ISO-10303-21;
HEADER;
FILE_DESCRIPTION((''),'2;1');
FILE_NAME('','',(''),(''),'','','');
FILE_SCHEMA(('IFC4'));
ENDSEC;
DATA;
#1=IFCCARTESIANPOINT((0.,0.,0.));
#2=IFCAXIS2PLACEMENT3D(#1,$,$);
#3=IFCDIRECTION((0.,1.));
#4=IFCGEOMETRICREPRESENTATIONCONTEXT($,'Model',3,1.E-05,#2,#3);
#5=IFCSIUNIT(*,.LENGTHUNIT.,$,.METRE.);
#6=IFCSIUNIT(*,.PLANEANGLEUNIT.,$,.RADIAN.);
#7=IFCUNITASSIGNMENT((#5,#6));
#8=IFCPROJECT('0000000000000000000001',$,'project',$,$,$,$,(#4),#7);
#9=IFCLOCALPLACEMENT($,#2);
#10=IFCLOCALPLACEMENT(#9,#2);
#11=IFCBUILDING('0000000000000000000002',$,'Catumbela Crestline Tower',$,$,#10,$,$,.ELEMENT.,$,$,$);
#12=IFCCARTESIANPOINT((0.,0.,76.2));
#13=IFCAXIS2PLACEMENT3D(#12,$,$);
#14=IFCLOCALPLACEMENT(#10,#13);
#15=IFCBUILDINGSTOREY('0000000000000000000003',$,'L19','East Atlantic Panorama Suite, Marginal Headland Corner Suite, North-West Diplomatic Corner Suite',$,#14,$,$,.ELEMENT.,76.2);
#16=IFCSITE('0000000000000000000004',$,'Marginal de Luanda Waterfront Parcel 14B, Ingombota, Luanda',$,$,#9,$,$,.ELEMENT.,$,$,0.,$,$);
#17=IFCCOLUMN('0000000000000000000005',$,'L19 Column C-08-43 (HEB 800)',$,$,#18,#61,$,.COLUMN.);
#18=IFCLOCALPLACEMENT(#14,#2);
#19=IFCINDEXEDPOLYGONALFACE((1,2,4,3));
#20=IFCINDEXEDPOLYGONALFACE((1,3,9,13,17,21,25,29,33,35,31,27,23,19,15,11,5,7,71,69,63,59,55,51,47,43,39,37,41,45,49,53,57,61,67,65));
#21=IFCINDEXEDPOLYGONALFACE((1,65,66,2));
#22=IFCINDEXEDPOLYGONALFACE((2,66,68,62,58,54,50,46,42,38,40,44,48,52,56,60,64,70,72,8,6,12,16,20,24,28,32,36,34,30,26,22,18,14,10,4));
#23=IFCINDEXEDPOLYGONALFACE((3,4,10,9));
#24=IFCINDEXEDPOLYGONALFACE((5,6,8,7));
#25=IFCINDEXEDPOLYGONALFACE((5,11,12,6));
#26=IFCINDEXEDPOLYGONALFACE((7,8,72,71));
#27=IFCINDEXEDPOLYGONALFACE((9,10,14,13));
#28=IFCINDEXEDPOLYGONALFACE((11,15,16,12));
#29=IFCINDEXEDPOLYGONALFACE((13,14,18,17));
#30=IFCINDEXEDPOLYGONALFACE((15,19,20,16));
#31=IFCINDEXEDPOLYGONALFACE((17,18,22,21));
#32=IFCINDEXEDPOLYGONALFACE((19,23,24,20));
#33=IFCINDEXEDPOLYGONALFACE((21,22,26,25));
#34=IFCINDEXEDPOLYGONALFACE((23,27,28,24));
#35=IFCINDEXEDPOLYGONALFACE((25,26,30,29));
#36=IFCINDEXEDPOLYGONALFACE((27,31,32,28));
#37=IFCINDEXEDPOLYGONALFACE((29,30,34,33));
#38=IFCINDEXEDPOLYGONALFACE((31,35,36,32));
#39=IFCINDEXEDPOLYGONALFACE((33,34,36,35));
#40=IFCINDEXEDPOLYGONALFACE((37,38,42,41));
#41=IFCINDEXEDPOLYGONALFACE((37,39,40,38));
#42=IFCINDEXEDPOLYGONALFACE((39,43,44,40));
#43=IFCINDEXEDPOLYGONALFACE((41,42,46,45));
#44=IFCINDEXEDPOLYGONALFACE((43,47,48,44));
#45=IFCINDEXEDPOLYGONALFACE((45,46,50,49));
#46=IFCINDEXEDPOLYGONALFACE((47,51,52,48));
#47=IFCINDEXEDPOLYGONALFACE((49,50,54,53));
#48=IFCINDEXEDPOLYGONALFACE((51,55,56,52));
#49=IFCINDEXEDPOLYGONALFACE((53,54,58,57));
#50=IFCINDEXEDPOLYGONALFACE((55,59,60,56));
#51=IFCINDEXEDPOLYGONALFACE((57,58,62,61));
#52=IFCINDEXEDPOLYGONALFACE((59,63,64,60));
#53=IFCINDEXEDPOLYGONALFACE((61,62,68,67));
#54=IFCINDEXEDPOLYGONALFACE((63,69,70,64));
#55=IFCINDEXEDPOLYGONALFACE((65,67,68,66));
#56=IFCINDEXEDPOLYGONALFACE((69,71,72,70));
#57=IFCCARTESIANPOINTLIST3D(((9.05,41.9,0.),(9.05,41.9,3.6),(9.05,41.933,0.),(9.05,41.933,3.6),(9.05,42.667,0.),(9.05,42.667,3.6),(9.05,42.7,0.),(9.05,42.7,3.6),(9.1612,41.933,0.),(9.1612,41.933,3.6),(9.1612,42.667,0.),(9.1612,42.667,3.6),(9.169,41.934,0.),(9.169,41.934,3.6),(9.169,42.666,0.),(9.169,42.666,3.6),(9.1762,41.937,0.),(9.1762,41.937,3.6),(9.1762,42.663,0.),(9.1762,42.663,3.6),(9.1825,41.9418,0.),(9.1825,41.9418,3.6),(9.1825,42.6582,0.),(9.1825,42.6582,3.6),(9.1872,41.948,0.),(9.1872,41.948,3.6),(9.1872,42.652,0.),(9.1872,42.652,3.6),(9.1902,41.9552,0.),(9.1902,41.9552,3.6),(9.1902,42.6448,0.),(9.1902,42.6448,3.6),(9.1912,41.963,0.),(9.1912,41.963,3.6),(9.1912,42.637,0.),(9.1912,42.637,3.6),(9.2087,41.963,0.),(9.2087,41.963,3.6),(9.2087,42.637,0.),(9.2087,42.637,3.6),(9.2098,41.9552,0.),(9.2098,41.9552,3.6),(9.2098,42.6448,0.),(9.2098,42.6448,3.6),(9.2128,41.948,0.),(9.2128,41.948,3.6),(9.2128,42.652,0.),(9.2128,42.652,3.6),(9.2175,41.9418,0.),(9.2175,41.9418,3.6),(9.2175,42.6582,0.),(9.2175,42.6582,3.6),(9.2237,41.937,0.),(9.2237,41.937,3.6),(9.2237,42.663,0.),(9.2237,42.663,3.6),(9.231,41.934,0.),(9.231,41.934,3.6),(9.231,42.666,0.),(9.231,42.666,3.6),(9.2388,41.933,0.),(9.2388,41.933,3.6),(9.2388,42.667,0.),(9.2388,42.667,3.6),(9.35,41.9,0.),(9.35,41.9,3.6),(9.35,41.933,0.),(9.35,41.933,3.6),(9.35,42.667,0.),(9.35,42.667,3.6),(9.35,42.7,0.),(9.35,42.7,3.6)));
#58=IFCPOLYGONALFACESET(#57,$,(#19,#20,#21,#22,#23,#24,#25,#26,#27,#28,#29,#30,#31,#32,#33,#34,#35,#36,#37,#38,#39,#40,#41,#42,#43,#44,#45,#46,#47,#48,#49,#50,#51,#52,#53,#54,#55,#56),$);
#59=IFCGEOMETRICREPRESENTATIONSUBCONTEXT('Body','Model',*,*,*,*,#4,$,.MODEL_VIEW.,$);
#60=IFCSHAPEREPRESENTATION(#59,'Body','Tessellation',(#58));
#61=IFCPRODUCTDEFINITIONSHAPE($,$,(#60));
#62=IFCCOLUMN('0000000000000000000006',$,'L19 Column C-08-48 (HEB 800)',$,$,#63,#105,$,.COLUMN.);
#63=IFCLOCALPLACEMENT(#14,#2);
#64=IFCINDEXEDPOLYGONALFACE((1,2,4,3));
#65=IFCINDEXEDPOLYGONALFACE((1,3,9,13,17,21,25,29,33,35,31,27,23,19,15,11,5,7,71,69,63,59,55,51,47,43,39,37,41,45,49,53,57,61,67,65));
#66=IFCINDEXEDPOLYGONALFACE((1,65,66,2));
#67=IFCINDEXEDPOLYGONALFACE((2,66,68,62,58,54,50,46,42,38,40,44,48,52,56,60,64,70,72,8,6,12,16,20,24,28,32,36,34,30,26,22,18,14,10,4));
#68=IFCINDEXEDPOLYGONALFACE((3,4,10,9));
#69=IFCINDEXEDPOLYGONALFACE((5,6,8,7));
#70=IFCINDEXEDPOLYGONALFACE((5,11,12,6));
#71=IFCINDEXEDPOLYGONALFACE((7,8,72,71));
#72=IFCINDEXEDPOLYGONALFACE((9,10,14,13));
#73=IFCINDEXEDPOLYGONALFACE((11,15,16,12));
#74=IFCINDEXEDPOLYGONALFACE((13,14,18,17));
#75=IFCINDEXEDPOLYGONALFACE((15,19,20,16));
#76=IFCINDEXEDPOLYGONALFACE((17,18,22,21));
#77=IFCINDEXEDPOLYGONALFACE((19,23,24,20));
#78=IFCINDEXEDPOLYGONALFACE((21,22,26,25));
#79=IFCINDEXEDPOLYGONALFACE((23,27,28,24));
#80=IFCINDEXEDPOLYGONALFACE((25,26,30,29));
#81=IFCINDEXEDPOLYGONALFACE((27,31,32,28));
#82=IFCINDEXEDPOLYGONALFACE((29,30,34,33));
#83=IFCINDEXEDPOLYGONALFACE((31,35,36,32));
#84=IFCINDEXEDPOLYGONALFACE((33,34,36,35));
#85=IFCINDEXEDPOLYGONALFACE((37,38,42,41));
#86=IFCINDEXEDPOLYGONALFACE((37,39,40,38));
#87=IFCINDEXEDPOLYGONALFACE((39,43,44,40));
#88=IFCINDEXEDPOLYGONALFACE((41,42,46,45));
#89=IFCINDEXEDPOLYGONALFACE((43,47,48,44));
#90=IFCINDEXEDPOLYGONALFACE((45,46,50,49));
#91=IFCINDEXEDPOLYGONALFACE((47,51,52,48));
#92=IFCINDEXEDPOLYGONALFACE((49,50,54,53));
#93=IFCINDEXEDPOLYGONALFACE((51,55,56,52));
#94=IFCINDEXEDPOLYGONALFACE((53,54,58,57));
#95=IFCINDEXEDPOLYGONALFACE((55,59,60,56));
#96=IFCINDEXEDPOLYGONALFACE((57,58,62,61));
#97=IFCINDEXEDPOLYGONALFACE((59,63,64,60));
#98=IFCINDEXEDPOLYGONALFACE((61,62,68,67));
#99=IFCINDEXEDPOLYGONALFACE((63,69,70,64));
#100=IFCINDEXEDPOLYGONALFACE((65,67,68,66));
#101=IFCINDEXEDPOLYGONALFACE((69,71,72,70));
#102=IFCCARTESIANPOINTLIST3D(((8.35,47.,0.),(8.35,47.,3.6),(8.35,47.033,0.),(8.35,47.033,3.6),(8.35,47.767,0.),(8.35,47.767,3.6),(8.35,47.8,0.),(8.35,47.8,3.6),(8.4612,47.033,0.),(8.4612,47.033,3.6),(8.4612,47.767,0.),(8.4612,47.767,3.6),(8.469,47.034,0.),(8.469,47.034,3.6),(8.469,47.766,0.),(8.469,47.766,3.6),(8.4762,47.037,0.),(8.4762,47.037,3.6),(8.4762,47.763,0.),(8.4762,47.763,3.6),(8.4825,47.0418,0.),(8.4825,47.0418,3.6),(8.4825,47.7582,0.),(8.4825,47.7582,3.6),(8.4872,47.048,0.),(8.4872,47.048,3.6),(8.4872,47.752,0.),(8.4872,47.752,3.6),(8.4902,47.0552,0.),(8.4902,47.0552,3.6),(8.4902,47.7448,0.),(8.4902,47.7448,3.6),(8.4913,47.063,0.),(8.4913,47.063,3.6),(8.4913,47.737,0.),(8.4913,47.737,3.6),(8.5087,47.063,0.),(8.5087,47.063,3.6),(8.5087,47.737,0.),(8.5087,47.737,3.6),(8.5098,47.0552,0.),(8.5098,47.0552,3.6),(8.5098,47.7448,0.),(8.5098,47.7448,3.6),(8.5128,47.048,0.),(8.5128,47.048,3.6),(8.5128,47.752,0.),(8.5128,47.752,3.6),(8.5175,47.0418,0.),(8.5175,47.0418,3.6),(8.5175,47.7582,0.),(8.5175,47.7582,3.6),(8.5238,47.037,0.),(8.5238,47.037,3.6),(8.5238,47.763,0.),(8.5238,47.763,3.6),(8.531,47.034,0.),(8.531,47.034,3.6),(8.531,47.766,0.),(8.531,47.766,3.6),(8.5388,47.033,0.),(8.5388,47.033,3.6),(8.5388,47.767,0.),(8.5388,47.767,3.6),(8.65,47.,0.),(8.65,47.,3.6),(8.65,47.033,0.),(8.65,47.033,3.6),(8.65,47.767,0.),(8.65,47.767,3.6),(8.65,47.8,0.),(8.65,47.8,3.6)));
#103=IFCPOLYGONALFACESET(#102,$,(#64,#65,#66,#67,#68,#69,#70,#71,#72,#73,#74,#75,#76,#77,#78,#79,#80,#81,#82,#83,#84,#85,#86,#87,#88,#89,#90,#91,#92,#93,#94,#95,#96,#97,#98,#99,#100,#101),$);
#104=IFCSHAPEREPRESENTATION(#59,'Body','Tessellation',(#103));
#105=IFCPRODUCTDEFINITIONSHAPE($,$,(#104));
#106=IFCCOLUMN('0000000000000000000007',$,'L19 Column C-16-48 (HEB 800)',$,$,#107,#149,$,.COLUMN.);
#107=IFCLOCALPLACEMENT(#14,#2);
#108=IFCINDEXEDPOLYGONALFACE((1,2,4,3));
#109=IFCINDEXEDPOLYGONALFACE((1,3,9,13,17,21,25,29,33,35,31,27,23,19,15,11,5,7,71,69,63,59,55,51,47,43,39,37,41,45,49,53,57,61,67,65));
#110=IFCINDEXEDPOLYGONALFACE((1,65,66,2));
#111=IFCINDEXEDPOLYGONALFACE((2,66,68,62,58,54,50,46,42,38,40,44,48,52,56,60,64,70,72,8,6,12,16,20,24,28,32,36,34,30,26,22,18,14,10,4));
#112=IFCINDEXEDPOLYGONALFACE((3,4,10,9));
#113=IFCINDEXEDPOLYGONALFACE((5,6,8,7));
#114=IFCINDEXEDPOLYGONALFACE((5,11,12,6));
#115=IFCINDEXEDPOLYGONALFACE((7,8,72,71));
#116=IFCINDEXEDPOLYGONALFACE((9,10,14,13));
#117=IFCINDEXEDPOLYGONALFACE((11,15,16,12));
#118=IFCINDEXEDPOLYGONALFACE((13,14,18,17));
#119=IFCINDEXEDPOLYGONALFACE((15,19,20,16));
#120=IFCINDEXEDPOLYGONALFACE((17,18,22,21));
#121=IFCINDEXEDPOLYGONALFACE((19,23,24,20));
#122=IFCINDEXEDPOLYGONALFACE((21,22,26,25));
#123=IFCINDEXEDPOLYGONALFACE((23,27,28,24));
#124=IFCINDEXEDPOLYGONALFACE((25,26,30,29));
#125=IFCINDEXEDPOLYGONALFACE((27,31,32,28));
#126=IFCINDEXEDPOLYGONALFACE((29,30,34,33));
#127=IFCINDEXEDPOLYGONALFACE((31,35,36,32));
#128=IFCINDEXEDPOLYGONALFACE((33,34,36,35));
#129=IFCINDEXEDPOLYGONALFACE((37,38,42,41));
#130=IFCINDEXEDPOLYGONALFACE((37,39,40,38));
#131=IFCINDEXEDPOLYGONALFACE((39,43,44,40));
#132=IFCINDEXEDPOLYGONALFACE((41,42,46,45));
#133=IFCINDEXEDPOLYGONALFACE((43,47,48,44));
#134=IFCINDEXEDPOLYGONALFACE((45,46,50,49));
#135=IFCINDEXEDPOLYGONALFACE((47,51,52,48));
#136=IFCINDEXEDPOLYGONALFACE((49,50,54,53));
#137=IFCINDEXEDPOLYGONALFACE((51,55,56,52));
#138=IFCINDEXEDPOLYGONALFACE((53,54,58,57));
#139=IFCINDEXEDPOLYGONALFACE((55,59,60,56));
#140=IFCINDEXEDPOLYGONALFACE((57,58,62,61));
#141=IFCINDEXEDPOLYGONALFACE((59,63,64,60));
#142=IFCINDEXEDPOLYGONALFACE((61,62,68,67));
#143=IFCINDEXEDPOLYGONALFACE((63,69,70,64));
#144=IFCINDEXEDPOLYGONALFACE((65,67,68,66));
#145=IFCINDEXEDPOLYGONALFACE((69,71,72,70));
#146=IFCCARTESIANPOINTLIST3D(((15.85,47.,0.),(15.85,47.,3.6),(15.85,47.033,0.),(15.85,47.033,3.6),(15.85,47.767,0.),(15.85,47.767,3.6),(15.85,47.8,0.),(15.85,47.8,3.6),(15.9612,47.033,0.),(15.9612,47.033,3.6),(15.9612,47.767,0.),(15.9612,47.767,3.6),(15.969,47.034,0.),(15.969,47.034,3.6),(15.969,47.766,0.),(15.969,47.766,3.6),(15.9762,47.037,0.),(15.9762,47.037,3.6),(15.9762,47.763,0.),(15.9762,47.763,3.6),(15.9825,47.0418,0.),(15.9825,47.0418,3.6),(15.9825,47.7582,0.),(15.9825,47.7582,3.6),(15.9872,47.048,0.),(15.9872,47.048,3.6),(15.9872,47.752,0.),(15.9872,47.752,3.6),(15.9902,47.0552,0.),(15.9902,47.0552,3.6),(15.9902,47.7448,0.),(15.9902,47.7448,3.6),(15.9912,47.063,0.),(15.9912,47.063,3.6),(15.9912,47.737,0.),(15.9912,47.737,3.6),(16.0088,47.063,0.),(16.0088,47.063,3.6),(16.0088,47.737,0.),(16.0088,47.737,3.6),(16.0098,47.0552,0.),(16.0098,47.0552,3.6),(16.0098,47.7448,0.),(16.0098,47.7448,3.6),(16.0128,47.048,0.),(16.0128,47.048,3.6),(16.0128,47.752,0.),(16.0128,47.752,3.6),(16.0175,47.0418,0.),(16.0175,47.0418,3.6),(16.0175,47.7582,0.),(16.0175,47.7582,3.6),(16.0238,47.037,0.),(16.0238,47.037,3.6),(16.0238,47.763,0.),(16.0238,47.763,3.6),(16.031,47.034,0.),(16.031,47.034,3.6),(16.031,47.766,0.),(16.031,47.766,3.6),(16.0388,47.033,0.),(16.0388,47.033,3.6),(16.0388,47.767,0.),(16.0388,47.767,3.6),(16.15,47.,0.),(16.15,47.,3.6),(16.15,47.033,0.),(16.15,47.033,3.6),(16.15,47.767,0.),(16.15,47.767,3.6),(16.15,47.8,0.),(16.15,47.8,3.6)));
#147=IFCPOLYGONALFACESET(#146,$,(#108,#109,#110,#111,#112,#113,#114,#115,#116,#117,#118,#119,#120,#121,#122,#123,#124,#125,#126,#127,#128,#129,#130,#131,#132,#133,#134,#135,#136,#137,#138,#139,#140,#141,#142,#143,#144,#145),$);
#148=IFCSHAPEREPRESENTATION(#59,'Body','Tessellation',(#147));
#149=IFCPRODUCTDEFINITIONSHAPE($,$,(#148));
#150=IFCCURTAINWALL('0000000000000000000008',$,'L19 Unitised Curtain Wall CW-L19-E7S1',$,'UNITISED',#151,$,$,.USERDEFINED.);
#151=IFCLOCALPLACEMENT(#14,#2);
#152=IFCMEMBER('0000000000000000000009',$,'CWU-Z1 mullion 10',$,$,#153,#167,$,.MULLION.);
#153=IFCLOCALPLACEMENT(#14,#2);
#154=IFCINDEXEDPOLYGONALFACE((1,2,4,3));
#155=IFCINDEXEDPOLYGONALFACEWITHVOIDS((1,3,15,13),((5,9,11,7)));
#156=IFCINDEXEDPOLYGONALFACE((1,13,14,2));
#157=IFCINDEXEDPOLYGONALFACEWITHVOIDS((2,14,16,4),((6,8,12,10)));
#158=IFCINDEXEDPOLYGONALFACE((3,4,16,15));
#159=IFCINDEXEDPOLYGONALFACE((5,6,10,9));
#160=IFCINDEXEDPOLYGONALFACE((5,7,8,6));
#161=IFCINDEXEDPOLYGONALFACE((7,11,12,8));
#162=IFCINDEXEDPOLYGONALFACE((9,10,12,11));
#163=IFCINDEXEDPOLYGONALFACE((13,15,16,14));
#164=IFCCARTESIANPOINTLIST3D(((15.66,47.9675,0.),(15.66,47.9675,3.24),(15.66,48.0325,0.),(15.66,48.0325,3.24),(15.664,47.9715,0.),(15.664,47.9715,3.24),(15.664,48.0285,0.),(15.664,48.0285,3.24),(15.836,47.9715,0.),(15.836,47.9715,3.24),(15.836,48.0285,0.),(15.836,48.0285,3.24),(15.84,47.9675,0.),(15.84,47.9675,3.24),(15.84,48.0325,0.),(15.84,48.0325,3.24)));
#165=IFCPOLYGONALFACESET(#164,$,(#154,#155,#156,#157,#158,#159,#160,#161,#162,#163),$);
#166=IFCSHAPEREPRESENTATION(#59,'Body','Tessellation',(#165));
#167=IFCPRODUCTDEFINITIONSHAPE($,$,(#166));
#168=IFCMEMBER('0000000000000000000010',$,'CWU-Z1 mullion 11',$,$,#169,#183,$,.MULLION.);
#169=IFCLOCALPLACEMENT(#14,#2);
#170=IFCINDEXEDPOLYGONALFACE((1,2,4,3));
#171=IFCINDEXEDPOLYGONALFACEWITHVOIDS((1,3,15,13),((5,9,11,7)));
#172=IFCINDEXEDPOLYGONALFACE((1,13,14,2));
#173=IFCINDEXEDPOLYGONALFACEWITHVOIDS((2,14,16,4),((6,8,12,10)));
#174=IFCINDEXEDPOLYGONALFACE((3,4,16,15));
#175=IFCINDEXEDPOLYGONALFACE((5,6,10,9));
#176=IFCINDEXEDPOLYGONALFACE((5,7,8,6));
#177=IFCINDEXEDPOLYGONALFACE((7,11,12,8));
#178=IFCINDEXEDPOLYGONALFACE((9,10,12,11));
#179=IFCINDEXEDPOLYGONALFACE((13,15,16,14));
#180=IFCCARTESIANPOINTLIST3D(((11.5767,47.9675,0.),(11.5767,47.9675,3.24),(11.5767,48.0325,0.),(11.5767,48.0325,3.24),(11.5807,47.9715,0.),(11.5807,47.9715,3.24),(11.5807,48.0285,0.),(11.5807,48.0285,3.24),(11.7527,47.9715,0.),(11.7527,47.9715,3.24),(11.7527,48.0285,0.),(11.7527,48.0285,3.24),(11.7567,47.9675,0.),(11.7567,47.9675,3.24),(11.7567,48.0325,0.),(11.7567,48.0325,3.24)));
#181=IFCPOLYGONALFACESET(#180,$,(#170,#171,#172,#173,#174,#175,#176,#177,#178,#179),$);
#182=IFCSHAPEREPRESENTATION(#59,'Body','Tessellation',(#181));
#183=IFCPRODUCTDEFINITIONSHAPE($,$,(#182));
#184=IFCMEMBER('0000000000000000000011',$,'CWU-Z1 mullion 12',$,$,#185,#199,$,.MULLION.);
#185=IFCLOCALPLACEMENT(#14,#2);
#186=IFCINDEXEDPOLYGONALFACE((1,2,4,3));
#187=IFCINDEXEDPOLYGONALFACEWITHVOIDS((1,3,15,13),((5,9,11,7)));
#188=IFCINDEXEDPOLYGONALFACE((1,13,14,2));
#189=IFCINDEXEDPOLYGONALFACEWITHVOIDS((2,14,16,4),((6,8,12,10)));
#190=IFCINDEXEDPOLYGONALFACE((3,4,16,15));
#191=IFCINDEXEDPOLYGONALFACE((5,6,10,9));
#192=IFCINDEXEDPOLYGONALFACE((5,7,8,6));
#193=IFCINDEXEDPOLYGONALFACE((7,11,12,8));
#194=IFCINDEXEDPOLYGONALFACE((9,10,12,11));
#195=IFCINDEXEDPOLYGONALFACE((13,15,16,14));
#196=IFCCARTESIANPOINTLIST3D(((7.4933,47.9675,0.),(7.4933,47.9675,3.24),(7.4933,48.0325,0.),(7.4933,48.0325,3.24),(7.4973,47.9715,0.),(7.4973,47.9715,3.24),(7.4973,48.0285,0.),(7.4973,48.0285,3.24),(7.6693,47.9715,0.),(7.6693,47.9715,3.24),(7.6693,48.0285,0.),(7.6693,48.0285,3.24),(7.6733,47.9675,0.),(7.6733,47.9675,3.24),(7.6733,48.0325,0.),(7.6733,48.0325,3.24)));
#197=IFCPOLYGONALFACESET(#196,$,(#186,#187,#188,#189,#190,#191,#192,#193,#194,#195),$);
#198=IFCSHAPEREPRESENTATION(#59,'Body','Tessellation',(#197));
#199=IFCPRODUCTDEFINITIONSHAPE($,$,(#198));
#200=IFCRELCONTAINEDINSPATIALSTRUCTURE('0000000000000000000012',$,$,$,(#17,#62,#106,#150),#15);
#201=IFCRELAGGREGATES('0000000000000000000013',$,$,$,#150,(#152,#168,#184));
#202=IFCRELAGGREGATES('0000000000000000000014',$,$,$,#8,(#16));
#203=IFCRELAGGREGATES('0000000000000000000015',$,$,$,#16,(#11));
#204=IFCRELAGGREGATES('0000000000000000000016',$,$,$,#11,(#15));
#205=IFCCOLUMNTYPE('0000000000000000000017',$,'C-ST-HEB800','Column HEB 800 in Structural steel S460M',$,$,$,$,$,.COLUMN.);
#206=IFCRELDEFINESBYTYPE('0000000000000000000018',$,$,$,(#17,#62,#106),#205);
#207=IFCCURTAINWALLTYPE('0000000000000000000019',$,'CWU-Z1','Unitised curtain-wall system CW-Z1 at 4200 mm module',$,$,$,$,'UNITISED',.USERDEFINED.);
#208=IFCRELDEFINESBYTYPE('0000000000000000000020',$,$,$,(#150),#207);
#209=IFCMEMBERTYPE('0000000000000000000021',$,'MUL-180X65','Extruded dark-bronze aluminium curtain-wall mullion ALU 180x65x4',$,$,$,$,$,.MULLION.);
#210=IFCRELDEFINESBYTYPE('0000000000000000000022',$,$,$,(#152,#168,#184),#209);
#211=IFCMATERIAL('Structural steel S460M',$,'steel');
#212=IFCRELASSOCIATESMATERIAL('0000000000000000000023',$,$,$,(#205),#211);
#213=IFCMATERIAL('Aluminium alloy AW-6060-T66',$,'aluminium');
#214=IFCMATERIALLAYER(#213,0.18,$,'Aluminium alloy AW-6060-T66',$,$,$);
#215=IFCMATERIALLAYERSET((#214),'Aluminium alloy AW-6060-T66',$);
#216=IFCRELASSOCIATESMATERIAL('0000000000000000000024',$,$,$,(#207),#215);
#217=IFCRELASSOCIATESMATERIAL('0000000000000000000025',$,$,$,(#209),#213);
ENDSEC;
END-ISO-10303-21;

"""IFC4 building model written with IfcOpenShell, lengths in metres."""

from ifc_helpers import new_model, si_unit, direction, frame, origin, origin_2d, place, context, subcontext, project, spatial, hollow_rectangle, i_section, extrude, material, layer, layer_set, material_profile, profile_set, type_object, element, aggregate, save


model = new_model("IFC4")

# Units and contexts
model_context = context("Model", 3, precision=1e-05, world=origin(), true_north=direction((0.0, 1.0)))
body_context = subcontext(model_context, "Body", "Model", "MODEL_VIEW")
ifc_project = project(units=[si_unit("LENGTHUNIT", "METRE"), si_unit("PLANEANGLEUNIT", "RADIAN")], contexts=[model_context])

# Site, building, storey
site_placement = place(None, origin())
site = spatial("IfcSite", under=ifc_project, at=site_placement, Name="Marginal de Luanda Waterfront Parcel 14B, Ingombota, Luanda", CompositionType="ELEMENT", RefElevation=0.0)
building_placement = place(site_placement, origin())
building = spatial("IfcBuilding", under=site, at=building_placement, Name="Catumbela Crestline Tower", CompositionType="ELEMENT")
storey_placement = place(building_placement, frame((0.0, 0.0, 76.2)))
storey = spatial("IfcBuildingStorey", under=building, at=storey_placement, Name="L19", Description="East Atlantic Panorama Suite, Marginal Headland Corner Suite, North-West Diplomatic Corner Suite", CompositionType="ELEMENT", Elevation=76.2)

# Columns
ifc_material_1 = material(Name="Structural steel S460M", Category="steel")
ifc_material_profile_1 = material_profile(ifc_material_1, i_section(OverallWidth=0.3, OverallDepth=0.8, WebThickness=0.0175, FlangeThickness=0.033, FilletRadius=0.03, at=origin_2d()), Name="HEB 800")
ifc_profile_set_1 = profile_set([ifc_material_profile_1], Name="Structural steel S460M")
column_type = type_object("IfcColumnType", Name="C-ST-HEB800", Description="Column HEB 800 in Structural steel S460M", PredefinedType="COLUMN", material=ifc_profile_set_1)
for number, where, z_axis, x_axis, name in (
    (1, (9.2, 42.3, 0.0), (0.0, 0.0, 1.0), (1.0, 0.0, 0.0), "L19 Column C-08-43 (HEB 800)"),
    (2, (8.5, 47.4, 0.0), (0.0, 0.0, 1.0), (1.0, 0.0, 0.0), "L19 Column C-08-48 (HEB 800)"),
    (3, (16.0, 47.4, 0.0), (0.0, 0.0, 1.0), (1.0, 0.0, 0.0), "L19 Column C-16-48 (HEB 800)"),
):
    element("IfcColumn", number, at=place(storey_placement, frame(where, z_axis=z_axis, x_axis=x_axis)), inside=storey, type_object=column_type, Name=name, PredefinedType="COLUMN", context=body_context, shape_type="SweptSolid", body=[
        extrude(i_section(OverallWidth=0.3, OverallDepth=0.8, WebThickness=0.0175, FlangeThickness=0.033, FilletRadius=0.03, at=origin_2d()), origin(), (0.0, 0.0, 1.0), 3.6),
    ])

# Curtain wall, members
ifc_material_2 = material(Name="Aluminium alloy AW-6060-T66", Category="aluminium")
ifc_layer_1 = layer(ifc_material_2, 0.18, Name="Aluminium alloy AW-6060-T66")
ifc_layer_set_1 = layer_set([ifc_layer_1], Name="Aluminium alloy AW-6060-T66")
curtain_wall_type = type_object("IfcCurtainWallType", Name="CWU-Z1", Description="Unitised curtain-wall system CW-Z1 at 4200 mm module", ElementType="UNITISED", PredefinedType="USERDEFINED", material=ifc_layer_set_1)
curtain_wall_placement = place(storey_placement, origin())
curtain_wall = element("IfcCurtainWall", 4, at=curtain_wall_placement, inside=storey, type_object=curtain_wall_type, Name="L19 Unitised Curtain Wall CW-L19-E7S1", ObjectType="UNITISED", PredefinedType="USERDEFINED")
ifc_material_profile_2 = material_profile(ifc_material_2, hollow_rectangle(XDim=0.065, YDim=0.18, WallThickness=0.004, at=origin_2d()), Name="ALU 180x65x4")
ifc_profile_set_2 = profile_set([ifc_material_profile_2], Name="Aluminium alloy AW-6060-T66")
member_type_1 = type_object("IfcMemberType", Name="MUL-180X65", Description="Extruded dark-bronze aluminium curtain-wall mullion ALU 180x65x4", PredefinedType="MULLION", material=ifc_profile_set_2)
member_1_placement = place(storey_placement, frame((15.75, 48.0, 0.0), z_axis=(0.0, 0.0, 1.0), x_axis=(0.0, -1.0, 0.0)))
member_1 = element("IfcMember", 5, at=member_1_placement, type_object=member_type_1, Name="CWU-Z1 mullion 10", PredefinedType="MULLION", context=body_context, shape_type="SweptSolid", body=[
    extrude(hollow_rectangle(XDim=0.065, YDim=0.18, WallThickness=0.004, at=origin_2d()), origin(), (0.0, 0.0, 1.0), 3.24),
])
member_2_placement = place(storey_placement, frame((11.6667, 48.0, 0.0), z_axis=(0.0, 0.0, 1.0), x_axis=(0.0, -1.0, 0.0)))
member_2 = element("IfcMember", 6, at=member_2_placement, type_object=member_type_1, Name="CWU-Z1 mullion 11", PredefinedType="MULLION", context=body_context, shape_type="SweptSolid", body=[
    extrude(hollow_rectangle(XDim=0.065, YDim=0.18, WallThickness=0.004, at=origin_2d()), origin(), (0.0, 0.0, 1.0), 3.24),
])
member_3_placement = place(storey_placement, frame((7.5833, 48.0, 0.0), z_axis=(0.0, 0.0, 1.0), x_axis=(0.0, -1.0, 0.0)))
member_3 = element("IfcMember", 7, at=member_3_placement, type_object=member_type_1, Name="CWU-Z1 mullion 12", PredefinedType="MULLION", context=body_context, shape_type="SweptSolid", body=[
    extrude(hollow_rectangle(XDim=0.065, YDim=0.18, WallThickness=0.004, at=origin_2d()), origin(), (0.0, 0.0, 1.0), 3.24),
])

aggregate(curtain_wall, [member_1, member_2, member_3])

save(model, "model.ifc")
